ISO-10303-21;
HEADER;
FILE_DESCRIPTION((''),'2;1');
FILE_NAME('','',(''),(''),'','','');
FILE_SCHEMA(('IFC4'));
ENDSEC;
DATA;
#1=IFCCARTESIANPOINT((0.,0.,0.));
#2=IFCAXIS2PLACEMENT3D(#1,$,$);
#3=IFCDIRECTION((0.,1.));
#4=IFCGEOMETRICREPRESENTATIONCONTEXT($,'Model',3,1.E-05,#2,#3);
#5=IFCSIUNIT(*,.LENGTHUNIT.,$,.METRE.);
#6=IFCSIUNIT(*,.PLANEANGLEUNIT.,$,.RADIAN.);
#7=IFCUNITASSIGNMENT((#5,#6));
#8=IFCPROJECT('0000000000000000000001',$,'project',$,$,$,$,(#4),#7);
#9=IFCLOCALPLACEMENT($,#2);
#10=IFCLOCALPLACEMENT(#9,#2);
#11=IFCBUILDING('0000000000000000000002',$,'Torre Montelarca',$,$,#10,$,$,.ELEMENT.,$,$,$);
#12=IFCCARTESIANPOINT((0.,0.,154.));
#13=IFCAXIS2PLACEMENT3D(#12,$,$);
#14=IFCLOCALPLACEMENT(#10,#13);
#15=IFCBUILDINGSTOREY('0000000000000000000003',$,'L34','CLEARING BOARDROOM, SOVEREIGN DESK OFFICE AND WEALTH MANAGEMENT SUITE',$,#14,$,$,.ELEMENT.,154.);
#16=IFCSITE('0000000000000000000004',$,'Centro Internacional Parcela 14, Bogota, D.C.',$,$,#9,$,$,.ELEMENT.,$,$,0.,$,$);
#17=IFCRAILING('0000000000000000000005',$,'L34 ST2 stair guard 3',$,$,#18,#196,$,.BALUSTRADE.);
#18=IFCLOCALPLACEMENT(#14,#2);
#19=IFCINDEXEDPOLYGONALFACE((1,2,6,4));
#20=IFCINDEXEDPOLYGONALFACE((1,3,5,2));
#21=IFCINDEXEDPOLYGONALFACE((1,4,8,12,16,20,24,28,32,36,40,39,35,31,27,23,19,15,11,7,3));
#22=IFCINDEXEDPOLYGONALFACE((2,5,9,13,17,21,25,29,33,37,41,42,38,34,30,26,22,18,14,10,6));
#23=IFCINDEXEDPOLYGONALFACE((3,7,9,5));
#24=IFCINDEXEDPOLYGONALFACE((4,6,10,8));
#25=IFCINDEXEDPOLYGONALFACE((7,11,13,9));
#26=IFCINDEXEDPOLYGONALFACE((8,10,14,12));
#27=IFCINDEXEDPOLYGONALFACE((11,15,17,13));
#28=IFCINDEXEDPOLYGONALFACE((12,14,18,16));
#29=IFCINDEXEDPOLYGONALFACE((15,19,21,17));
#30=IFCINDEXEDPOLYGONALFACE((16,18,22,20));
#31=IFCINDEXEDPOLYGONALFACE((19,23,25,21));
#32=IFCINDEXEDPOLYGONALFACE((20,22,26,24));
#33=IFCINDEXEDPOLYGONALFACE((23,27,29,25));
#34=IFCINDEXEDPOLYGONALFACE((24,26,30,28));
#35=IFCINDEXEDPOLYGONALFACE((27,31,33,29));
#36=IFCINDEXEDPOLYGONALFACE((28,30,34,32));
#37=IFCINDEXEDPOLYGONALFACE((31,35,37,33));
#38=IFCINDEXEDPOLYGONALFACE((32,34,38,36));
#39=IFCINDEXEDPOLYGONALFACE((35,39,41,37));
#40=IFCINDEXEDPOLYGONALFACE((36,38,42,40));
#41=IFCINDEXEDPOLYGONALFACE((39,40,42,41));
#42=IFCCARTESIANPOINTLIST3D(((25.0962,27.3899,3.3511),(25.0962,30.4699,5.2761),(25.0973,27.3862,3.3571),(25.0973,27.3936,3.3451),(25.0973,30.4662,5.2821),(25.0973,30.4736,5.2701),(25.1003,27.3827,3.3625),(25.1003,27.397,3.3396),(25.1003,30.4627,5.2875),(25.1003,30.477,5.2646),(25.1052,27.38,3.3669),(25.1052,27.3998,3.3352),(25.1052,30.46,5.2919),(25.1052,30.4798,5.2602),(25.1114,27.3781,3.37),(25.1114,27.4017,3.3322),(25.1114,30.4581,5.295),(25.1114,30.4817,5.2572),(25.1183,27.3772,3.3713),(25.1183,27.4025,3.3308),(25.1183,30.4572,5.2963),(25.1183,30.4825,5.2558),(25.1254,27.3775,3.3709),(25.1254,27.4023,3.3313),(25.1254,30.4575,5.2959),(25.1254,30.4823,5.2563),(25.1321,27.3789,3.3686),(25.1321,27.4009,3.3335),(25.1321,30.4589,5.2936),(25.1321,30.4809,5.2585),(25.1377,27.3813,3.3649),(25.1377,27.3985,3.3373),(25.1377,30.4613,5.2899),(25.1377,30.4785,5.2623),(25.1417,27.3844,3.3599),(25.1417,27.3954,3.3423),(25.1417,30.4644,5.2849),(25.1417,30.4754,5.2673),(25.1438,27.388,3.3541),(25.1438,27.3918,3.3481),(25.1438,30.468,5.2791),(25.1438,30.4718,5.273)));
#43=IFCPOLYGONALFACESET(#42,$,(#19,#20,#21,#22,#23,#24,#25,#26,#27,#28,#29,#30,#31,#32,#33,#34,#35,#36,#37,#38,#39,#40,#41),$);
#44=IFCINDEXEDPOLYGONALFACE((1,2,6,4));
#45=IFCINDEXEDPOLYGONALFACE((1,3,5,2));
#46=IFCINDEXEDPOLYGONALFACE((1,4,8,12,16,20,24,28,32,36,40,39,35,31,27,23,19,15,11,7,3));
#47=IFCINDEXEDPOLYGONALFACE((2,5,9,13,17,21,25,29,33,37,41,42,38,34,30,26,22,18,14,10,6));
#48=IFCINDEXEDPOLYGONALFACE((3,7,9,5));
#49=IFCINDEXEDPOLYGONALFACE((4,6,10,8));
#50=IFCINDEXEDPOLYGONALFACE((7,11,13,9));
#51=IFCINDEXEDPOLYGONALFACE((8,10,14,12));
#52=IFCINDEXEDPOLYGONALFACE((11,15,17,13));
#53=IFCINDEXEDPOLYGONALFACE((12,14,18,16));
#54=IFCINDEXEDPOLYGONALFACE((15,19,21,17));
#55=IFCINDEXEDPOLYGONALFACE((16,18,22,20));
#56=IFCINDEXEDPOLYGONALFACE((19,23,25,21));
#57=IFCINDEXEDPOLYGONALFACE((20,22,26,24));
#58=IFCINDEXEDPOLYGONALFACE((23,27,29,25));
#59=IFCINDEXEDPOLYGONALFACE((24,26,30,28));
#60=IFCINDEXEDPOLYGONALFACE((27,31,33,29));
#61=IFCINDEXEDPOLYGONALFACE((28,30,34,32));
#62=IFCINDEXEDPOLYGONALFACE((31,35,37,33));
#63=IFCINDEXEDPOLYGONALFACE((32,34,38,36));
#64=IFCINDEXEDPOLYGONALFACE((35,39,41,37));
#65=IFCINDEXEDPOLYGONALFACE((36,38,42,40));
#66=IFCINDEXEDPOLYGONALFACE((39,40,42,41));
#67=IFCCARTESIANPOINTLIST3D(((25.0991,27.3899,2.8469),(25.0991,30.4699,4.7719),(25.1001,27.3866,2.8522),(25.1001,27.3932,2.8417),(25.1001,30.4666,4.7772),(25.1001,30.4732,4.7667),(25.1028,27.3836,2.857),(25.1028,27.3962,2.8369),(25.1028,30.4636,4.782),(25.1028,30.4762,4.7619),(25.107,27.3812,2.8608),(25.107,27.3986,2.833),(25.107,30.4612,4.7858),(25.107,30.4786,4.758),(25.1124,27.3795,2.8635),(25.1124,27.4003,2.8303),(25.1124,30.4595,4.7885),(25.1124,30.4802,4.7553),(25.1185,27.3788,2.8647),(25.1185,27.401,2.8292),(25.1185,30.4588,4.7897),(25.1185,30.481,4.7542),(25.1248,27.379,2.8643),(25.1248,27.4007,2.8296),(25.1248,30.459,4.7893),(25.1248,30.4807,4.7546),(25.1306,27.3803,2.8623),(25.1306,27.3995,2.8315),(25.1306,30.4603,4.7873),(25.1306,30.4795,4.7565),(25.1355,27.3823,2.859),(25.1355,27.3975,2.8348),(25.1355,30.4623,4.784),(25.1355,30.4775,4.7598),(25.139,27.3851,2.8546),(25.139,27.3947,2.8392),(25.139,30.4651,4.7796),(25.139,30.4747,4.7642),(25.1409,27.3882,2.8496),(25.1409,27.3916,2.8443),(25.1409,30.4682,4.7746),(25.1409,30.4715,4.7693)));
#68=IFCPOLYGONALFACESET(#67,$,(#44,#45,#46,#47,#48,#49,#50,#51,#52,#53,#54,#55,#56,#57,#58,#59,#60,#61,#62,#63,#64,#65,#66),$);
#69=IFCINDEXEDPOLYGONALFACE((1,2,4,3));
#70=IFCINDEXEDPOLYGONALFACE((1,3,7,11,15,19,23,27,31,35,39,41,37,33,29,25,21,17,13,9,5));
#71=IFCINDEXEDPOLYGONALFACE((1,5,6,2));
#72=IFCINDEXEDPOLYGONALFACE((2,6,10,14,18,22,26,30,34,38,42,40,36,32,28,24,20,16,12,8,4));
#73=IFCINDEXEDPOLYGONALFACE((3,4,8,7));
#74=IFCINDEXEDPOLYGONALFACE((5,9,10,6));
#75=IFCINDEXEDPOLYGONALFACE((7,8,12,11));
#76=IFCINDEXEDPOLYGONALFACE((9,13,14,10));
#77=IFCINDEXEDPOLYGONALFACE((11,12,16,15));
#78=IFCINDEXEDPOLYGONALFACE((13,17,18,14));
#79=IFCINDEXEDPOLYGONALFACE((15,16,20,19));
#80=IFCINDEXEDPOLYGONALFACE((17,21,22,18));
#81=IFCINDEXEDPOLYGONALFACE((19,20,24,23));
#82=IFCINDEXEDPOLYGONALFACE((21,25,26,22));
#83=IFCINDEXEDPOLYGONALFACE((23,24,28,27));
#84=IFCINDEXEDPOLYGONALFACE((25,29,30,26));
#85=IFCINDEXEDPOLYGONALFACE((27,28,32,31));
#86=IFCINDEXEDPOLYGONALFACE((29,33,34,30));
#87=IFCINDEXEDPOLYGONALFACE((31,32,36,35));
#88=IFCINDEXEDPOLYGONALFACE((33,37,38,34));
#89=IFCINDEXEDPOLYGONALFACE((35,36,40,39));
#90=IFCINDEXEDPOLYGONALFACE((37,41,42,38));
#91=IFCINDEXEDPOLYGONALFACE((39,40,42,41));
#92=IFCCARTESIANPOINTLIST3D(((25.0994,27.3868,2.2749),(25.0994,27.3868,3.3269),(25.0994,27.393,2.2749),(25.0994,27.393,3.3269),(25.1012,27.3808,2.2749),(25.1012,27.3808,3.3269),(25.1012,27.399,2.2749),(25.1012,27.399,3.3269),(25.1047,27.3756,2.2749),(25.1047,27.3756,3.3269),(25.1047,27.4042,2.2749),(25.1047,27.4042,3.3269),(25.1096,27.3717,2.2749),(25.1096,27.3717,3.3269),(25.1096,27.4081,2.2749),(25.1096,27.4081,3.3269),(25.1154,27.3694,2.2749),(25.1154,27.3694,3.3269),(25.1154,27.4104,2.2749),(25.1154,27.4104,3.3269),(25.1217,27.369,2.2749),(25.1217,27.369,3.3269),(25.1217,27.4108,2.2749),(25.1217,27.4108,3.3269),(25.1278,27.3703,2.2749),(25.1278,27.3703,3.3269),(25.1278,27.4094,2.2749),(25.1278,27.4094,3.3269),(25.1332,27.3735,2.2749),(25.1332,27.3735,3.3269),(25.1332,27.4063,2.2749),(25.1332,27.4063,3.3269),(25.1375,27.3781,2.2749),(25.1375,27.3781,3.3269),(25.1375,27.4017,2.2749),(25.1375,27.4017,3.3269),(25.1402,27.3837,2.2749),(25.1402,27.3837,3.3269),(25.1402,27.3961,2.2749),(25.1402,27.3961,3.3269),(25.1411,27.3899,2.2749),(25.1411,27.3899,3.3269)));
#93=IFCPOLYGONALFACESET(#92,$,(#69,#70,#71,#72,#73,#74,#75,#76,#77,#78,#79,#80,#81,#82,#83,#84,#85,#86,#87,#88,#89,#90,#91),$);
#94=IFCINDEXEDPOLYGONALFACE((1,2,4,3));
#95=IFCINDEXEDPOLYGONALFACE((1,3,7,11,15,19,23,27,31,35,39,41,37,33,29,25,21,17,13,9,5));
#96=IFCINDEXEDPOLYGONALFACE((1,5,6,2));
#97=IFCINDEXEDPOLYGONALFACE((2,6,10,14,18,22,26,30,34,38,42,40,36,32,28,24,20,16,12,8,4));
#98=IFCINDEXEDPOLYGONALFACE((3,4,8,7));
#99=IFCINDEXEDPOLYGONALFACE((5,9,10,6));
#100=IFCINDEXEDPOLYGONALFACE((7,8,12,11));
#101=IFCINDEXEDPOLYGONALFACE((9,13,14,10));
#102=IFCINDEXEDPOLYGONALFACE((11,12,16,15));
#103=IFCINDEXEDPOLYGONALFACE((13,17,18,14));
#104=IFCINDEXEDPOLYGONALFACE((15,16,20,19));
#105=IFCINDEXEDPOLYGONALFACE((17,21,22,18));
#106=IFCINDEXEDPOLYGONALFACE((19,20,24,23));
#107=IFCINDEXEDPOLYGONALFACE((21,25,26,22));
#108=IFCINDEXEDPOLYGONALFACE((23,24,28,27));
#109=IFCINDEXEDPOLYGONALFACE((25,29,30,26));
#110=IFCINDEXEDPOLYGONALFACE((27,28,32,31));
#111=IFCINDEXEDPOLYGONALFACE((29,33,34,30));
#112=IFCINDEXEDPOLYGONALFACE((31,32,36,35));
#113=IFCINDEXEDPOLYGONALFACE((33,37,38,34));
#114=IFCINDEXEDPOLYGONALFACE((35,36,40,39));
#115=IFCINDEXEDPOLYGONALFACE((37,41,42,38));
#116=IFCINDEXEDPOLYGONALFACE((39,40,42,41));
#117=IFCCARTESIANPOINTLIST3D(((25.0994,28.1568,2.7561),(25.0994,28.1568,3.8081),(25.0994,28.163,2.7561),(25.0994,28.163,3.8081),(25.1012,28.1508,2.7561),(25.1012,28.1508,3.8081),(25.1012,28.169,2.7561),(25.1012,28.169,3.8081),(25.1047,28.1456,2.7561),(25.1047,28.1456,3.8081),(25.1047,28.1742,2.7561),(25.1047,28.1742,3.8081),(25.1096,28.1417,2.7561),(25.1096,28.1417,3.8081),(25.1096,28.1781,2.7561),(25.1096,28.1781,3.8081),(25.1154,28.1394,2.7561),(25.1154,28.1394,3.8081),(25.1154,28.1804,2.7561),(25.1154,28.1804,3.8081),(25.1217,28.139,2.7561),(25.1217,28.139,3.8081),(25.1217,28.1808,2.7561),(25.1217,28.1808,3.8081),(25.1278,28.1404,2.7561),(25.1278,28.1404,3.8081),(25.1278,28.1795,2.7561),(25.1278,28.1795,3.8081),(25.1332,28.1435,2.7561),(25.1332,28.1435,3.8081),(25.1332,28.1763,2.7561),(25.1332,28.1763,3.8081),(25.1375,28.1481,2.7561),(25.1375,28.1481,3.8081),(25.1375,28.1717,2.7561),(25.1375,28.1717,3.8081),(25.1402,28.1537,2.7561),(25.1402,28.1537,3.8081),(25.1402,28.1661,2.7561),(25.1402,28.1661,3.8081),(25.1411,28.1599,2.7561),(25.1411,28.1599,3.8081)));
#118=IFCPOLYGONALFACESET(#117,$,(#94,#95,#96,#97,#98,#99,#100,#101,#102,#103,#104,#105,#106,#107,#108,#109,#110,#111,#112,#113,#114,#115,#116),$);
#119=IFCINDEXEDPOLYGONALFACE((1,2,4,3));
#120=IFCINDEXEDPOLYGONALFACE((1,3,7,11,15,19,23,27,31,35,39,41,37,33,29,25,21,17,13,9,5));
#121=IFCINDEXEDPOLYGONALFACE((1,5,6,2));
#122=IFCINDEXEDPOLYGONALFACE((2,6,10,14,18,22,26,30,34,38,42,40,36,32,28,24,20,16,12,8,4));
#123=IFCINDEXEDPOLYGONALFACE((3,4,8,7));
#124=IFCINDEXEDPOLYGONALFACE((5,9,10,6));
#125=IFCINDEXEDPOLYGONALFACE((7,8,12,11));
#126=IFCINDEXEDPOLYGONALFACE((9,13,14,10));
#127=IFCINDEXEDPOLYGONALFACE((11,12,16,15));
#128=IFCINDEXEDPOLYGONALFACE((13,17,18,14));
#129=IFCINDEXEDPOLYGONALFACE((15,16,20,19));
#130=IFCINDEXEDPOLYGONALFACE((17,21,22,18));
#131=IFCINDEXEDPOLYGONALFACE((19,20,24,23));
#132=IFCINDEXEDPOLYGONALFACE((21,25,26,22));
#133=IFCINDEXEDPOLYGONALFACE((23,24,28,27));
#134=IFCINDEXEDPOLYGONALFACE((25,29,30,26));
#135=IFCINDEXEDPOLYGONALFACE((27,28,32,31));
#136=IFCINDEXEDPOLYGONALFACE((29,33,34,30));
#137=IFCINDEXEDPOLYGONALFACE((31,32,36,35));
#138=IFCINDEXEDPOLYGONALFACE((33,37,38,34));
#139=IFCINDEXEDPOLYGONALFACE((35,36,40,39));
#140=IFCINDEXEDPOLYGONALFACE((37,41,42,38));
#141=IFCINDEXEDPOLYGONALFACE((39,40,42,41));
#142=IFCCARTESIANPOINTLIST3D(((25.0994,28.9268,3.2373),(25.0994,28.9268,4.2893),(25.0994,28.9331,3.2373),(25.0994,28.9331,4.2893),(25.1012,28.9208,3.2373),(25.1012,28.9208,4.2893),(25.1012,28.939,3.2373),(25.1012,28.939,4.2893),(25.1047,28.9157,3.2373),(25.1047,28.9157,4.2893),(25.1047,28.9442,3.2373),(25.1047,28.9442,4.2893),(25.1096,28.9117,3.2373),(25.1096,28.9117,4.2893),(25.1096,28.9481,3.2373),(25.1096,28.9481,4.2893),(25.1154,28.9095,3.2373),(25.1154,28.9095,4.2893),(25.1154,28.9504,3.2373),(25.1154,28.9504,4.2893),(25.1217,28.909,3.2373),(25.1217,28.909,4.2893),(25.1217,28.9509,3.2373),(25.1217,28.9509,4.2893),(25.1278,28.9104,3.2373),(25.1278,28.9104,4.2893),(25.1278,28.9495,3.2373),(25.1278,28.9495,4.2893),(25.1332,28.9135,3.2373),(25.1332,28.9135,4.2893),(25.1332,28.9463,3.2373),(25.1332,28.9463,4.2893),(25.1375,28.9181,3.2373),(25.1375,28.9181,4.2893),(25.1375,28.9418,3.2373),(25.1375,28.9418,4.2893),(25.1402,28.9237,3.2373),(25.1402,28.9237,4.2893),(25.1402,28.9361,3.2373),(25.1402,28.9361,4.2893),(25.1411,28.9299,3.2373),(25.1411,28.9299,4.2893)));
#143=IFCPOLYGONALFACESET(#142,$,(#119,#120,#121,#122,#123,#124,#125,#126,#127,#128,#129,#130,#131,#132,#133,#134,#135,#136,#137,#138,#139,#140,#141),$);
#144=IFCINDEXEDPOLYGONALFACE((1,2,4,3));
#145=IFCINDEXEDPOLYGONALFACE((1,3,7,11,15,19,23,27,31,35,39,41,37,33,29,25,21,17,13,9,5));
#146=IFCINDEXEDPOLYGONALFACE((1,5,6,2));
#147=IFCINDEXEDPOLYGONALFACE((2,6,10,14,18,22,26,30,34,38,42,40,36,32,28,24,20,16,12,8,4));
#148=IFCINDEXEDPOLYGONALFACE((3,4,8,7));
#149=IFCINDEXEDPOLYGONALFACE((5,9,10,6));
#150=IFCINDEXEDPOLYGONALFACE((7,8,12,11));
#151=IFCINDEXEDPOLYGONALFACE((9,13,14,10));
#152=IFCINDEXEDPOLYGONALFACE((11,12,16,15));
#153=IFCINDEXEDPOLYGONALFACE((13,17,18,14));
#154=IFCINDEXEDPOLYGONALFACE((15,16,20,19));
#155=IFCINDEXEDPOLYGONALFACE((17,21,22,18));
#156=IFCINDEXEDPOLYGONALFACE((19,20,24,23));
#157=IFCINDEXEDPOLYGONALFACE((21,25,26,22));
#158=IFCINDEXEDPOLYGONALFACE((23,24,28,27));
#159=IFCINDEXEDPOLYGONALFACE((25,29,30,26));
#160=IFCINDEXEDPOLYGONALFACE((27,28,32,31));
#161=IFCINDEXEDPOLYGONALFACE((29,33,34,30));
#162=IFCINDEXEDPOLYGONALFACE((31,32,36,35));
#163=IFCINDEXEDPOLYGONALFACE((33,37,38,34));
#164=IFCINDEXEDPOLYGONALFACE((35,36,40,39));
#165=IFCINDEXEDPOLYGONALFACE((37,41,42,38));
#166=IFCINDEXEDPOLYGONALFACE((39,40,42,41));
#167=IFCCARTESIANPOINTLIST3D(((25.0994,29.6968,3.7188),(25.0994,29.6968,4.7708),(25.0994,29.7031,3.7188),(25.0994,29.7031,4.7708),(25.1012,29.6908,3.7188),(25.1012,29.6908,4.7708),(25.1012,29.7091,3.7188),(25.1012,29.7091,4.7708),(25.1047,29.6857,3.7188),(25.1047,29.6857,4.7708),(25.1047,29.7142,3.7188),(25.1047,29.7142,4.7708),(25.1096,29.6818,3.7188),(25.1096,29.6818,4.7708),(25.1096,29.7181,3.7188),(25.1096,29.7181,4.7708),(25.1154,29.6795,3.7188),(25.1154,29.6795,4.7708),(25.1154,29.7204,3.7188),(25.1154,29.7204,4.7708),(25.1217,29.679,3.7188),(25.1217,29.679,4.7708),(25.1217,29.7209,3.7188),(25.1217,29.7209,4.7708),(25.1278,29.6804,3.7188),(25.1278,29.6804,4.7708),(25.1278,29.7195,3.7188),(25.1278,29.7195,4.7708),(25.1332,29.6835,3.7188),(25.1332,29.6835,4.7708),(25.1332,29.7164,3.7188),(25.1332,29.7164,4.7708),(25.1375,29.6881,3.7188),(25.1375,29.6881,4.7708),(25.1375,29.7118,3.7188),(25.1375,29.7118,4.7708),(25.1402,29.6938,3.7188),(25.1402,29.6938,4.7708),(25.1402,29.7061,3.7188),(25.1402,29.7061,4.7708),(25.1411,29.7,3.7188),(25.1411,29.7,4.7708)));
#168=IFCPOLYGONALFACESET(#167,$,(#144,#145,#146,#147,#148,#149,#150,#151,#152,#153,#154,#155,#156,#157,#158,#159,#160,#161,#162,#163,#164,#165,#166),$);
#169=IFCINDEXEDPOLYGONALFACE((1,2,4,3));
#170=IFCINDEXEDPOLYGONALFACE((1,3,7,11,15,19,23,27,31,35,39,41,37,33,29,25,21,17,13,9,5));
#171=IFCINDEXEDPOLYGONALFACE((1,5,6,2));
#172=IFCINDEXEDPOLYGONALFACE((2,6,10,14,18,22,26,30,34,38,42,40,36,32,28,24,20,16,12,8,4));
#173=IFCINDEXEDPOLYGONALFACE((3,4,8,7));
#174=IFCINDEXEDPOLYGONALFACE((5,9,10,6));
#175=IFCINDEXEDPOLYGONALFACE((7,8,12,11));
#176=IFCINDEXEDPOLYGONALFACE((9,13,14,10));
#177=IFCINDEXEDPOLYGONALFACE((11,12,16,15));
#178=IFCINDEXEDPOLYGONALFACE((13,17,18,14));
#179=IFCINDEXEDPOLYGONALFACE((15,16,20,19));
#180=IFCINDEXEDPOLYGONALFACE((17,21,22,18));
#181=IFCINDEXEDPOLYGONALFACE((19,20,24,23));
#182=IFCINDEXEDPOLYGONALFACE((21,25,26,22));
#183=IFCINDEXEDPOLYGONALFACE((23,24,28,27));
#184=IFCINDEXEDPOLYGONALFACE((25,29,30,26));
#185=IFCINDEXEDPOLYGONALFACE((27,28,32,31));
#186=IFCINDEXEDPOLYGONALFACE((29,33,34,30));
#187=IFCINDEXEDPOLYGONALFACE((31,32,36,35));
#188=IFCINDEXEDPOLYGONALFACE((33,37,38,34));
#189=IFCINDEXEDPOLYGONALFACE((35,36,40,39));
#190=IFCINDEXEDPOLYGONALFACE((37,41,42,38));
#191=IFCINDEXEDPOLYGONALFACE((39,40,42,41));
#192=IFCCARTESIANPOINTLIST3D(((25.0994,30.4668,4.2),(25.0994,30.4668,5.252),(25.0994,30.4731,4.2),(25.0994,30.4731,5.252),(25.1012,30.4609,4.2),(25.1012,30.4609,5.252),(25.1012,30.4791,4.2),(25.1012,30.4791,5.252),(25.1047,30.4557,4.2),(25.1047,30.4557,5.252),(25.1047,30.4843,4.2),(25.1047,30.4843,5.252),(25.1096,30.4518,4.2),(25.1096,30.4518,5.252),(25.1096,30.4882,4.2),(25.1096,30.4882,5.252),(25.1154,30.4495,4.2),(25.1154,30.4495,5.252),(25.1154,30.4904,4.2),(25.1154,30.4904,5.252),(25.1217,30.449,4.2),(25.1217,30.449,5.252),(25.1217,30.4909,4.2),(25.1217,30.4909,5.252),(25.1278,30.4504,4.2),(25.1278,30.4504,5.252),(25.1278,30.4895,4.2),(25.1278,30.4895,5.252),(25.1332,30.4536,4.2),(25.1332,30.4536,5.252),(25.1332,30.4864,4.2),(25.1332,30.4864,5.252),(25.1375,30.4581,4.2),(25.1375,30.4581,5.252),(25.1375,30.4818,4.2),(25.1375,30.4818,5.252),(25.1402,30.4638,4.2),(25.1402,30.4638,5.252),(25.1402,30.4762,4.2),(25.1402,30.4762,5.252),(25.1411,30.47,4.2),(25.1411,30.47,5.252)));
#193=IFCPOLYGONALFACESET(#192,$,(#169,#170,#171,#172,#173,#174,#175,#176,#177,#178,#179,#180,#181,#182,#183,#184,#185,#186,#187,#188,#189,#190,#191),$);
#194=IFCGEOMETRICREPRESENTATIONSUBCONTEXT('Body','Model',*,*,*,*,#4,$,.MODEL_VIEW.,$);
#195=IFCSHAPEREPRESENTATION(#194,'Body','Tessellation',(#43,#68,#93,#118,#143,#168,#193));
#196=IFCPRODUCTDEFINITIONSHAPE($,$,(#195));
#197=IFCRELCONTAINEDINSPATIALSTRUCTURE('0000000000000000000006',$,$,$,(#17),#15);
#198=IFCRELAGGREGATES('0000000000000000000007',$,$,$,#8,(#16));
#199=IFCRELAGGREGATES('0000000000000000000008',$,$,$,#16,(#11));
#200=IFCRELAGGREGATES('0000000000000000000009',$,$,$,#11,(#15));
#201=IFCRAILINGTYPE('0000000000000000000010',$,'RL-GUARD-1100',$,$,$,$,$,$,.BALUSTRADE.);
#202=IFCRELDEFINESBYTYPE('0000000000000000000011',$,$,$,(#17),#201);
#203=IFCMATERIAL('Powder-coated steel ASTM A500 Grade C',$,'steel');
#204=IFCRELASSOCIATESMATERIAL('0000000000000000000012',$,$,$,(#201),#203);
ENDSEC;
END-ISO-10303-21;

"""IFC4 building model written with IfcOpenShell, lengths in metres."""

from ifc_helpers import new_model, si_unit, direction, frame, origin, origin_2d, place, context, subcontext, project, spatial, circle, extrude, material, type_object, element, save


model = new_model("IFC4")

# Units and contexts
model_context = context("Model", 3, precision=1e-05, world=origin(), true_north=direction((0.0, 1.0)))
body_context = subcontext(model_context, "Body", "Model", "MODEL_VIEW")
ifc_project = project(units=[si_unit("LENGTHUNIT", "METRE"), si_unit("PLANEANGLEUNIT", "RADIAN")], contexts=[model_context])

# Site, building, storey
site_placement = place(None, origin())
site = spatial("IfcSite", under=ifc_project, at=site_placement, Name="Centro Internacional Parcela 14, Bogota, D.C.", CompositionType="ELEMENT", RefElevation=0.0)
building_placement = place(site_placement, origin())
building = spatial("IfcBuilding", under=site, at=building_placement, Name="Torre Montelarca", CompositionType="ELEMENT")
storey_placement = place(building_placement, frame((0.0, 0.0, 154.0)))
storey = spatial("IfcBuildingStorey", under=building, at=storey_placement, Name="L34", Description="CLEARING BOARDROOM, SOVEREIGN DESK OFFICE AND WEALTH MANAGEMENT SUITE", CompositionType="ELEMENT", Elevation=154.0)

# Railing
ifc_material_1 = material(Name="Powder-coated steel ASTM A500 Grade C", Category="steel")
railing_type_1 = type_object("IfcRailingType", Name="RL-GUARD-1100", PredefinedType="BALUSTRADE", material=ifc_material_1)
railing_1_placement = place(storey_placement, frame((25.1201, 27.3899, 2.2749)))
element("IfcRailing", 1, at=railing_1_placement, inside=storey, type_object=railing_type_1, Name="L34 ST2 stair guard 3", PredefinedType="BALUSTRADE", context=body_context, shape_type="SweptSolid", body=[
    extrude(circle(Radius=0.0239, at=origin_2d()), frame((0.0, 0.0, 1.0762), z_axis=(0.0, 0.847998, 0.529999), x_axis=(-1.0, 0.0, 0.0)), (0.0, 0.0, 1.0), 3.6321),
    extrude(circle(Radius=0.021, at=origin_2d()), frame((0.0, 0.0, 0.572), z_axis=(0.0, 0.847998, 0.529999), x_axis=(-1.0, 0.0, 0.0)), (0.0, 0.0, 1.0), 3.6321),
    extrude(circle(Radius=0.021, at=origin_2d()), origin(), (0.0, 0.0, 1.0), 1.052),
    extrude(circle(Radius=0.021, at=origin_2d()), frame((0.0, 0.77, 0.4812)), (0.0, 0.0, 1.0), 1.052),
    extrude(circle(Radius=0.021, at=origin_2d()), frame((0.0, 1.54, 0.9624)), (0.0, 0.0, 1.0), 1.052),
    extrude(circle(Radius=0.021, at=origin_2d()), frame((0.0, 2.3101, 1.4438)), (0.0, 0.0, 1.0), 1.052),
    extrude(circle(Radius=0.021, at=origin_2d()), frame((0.0, 3.0801, 1.925)), (0.0, 0.0, 1.0), 1.052),
])

save(model, "model.ifc")
